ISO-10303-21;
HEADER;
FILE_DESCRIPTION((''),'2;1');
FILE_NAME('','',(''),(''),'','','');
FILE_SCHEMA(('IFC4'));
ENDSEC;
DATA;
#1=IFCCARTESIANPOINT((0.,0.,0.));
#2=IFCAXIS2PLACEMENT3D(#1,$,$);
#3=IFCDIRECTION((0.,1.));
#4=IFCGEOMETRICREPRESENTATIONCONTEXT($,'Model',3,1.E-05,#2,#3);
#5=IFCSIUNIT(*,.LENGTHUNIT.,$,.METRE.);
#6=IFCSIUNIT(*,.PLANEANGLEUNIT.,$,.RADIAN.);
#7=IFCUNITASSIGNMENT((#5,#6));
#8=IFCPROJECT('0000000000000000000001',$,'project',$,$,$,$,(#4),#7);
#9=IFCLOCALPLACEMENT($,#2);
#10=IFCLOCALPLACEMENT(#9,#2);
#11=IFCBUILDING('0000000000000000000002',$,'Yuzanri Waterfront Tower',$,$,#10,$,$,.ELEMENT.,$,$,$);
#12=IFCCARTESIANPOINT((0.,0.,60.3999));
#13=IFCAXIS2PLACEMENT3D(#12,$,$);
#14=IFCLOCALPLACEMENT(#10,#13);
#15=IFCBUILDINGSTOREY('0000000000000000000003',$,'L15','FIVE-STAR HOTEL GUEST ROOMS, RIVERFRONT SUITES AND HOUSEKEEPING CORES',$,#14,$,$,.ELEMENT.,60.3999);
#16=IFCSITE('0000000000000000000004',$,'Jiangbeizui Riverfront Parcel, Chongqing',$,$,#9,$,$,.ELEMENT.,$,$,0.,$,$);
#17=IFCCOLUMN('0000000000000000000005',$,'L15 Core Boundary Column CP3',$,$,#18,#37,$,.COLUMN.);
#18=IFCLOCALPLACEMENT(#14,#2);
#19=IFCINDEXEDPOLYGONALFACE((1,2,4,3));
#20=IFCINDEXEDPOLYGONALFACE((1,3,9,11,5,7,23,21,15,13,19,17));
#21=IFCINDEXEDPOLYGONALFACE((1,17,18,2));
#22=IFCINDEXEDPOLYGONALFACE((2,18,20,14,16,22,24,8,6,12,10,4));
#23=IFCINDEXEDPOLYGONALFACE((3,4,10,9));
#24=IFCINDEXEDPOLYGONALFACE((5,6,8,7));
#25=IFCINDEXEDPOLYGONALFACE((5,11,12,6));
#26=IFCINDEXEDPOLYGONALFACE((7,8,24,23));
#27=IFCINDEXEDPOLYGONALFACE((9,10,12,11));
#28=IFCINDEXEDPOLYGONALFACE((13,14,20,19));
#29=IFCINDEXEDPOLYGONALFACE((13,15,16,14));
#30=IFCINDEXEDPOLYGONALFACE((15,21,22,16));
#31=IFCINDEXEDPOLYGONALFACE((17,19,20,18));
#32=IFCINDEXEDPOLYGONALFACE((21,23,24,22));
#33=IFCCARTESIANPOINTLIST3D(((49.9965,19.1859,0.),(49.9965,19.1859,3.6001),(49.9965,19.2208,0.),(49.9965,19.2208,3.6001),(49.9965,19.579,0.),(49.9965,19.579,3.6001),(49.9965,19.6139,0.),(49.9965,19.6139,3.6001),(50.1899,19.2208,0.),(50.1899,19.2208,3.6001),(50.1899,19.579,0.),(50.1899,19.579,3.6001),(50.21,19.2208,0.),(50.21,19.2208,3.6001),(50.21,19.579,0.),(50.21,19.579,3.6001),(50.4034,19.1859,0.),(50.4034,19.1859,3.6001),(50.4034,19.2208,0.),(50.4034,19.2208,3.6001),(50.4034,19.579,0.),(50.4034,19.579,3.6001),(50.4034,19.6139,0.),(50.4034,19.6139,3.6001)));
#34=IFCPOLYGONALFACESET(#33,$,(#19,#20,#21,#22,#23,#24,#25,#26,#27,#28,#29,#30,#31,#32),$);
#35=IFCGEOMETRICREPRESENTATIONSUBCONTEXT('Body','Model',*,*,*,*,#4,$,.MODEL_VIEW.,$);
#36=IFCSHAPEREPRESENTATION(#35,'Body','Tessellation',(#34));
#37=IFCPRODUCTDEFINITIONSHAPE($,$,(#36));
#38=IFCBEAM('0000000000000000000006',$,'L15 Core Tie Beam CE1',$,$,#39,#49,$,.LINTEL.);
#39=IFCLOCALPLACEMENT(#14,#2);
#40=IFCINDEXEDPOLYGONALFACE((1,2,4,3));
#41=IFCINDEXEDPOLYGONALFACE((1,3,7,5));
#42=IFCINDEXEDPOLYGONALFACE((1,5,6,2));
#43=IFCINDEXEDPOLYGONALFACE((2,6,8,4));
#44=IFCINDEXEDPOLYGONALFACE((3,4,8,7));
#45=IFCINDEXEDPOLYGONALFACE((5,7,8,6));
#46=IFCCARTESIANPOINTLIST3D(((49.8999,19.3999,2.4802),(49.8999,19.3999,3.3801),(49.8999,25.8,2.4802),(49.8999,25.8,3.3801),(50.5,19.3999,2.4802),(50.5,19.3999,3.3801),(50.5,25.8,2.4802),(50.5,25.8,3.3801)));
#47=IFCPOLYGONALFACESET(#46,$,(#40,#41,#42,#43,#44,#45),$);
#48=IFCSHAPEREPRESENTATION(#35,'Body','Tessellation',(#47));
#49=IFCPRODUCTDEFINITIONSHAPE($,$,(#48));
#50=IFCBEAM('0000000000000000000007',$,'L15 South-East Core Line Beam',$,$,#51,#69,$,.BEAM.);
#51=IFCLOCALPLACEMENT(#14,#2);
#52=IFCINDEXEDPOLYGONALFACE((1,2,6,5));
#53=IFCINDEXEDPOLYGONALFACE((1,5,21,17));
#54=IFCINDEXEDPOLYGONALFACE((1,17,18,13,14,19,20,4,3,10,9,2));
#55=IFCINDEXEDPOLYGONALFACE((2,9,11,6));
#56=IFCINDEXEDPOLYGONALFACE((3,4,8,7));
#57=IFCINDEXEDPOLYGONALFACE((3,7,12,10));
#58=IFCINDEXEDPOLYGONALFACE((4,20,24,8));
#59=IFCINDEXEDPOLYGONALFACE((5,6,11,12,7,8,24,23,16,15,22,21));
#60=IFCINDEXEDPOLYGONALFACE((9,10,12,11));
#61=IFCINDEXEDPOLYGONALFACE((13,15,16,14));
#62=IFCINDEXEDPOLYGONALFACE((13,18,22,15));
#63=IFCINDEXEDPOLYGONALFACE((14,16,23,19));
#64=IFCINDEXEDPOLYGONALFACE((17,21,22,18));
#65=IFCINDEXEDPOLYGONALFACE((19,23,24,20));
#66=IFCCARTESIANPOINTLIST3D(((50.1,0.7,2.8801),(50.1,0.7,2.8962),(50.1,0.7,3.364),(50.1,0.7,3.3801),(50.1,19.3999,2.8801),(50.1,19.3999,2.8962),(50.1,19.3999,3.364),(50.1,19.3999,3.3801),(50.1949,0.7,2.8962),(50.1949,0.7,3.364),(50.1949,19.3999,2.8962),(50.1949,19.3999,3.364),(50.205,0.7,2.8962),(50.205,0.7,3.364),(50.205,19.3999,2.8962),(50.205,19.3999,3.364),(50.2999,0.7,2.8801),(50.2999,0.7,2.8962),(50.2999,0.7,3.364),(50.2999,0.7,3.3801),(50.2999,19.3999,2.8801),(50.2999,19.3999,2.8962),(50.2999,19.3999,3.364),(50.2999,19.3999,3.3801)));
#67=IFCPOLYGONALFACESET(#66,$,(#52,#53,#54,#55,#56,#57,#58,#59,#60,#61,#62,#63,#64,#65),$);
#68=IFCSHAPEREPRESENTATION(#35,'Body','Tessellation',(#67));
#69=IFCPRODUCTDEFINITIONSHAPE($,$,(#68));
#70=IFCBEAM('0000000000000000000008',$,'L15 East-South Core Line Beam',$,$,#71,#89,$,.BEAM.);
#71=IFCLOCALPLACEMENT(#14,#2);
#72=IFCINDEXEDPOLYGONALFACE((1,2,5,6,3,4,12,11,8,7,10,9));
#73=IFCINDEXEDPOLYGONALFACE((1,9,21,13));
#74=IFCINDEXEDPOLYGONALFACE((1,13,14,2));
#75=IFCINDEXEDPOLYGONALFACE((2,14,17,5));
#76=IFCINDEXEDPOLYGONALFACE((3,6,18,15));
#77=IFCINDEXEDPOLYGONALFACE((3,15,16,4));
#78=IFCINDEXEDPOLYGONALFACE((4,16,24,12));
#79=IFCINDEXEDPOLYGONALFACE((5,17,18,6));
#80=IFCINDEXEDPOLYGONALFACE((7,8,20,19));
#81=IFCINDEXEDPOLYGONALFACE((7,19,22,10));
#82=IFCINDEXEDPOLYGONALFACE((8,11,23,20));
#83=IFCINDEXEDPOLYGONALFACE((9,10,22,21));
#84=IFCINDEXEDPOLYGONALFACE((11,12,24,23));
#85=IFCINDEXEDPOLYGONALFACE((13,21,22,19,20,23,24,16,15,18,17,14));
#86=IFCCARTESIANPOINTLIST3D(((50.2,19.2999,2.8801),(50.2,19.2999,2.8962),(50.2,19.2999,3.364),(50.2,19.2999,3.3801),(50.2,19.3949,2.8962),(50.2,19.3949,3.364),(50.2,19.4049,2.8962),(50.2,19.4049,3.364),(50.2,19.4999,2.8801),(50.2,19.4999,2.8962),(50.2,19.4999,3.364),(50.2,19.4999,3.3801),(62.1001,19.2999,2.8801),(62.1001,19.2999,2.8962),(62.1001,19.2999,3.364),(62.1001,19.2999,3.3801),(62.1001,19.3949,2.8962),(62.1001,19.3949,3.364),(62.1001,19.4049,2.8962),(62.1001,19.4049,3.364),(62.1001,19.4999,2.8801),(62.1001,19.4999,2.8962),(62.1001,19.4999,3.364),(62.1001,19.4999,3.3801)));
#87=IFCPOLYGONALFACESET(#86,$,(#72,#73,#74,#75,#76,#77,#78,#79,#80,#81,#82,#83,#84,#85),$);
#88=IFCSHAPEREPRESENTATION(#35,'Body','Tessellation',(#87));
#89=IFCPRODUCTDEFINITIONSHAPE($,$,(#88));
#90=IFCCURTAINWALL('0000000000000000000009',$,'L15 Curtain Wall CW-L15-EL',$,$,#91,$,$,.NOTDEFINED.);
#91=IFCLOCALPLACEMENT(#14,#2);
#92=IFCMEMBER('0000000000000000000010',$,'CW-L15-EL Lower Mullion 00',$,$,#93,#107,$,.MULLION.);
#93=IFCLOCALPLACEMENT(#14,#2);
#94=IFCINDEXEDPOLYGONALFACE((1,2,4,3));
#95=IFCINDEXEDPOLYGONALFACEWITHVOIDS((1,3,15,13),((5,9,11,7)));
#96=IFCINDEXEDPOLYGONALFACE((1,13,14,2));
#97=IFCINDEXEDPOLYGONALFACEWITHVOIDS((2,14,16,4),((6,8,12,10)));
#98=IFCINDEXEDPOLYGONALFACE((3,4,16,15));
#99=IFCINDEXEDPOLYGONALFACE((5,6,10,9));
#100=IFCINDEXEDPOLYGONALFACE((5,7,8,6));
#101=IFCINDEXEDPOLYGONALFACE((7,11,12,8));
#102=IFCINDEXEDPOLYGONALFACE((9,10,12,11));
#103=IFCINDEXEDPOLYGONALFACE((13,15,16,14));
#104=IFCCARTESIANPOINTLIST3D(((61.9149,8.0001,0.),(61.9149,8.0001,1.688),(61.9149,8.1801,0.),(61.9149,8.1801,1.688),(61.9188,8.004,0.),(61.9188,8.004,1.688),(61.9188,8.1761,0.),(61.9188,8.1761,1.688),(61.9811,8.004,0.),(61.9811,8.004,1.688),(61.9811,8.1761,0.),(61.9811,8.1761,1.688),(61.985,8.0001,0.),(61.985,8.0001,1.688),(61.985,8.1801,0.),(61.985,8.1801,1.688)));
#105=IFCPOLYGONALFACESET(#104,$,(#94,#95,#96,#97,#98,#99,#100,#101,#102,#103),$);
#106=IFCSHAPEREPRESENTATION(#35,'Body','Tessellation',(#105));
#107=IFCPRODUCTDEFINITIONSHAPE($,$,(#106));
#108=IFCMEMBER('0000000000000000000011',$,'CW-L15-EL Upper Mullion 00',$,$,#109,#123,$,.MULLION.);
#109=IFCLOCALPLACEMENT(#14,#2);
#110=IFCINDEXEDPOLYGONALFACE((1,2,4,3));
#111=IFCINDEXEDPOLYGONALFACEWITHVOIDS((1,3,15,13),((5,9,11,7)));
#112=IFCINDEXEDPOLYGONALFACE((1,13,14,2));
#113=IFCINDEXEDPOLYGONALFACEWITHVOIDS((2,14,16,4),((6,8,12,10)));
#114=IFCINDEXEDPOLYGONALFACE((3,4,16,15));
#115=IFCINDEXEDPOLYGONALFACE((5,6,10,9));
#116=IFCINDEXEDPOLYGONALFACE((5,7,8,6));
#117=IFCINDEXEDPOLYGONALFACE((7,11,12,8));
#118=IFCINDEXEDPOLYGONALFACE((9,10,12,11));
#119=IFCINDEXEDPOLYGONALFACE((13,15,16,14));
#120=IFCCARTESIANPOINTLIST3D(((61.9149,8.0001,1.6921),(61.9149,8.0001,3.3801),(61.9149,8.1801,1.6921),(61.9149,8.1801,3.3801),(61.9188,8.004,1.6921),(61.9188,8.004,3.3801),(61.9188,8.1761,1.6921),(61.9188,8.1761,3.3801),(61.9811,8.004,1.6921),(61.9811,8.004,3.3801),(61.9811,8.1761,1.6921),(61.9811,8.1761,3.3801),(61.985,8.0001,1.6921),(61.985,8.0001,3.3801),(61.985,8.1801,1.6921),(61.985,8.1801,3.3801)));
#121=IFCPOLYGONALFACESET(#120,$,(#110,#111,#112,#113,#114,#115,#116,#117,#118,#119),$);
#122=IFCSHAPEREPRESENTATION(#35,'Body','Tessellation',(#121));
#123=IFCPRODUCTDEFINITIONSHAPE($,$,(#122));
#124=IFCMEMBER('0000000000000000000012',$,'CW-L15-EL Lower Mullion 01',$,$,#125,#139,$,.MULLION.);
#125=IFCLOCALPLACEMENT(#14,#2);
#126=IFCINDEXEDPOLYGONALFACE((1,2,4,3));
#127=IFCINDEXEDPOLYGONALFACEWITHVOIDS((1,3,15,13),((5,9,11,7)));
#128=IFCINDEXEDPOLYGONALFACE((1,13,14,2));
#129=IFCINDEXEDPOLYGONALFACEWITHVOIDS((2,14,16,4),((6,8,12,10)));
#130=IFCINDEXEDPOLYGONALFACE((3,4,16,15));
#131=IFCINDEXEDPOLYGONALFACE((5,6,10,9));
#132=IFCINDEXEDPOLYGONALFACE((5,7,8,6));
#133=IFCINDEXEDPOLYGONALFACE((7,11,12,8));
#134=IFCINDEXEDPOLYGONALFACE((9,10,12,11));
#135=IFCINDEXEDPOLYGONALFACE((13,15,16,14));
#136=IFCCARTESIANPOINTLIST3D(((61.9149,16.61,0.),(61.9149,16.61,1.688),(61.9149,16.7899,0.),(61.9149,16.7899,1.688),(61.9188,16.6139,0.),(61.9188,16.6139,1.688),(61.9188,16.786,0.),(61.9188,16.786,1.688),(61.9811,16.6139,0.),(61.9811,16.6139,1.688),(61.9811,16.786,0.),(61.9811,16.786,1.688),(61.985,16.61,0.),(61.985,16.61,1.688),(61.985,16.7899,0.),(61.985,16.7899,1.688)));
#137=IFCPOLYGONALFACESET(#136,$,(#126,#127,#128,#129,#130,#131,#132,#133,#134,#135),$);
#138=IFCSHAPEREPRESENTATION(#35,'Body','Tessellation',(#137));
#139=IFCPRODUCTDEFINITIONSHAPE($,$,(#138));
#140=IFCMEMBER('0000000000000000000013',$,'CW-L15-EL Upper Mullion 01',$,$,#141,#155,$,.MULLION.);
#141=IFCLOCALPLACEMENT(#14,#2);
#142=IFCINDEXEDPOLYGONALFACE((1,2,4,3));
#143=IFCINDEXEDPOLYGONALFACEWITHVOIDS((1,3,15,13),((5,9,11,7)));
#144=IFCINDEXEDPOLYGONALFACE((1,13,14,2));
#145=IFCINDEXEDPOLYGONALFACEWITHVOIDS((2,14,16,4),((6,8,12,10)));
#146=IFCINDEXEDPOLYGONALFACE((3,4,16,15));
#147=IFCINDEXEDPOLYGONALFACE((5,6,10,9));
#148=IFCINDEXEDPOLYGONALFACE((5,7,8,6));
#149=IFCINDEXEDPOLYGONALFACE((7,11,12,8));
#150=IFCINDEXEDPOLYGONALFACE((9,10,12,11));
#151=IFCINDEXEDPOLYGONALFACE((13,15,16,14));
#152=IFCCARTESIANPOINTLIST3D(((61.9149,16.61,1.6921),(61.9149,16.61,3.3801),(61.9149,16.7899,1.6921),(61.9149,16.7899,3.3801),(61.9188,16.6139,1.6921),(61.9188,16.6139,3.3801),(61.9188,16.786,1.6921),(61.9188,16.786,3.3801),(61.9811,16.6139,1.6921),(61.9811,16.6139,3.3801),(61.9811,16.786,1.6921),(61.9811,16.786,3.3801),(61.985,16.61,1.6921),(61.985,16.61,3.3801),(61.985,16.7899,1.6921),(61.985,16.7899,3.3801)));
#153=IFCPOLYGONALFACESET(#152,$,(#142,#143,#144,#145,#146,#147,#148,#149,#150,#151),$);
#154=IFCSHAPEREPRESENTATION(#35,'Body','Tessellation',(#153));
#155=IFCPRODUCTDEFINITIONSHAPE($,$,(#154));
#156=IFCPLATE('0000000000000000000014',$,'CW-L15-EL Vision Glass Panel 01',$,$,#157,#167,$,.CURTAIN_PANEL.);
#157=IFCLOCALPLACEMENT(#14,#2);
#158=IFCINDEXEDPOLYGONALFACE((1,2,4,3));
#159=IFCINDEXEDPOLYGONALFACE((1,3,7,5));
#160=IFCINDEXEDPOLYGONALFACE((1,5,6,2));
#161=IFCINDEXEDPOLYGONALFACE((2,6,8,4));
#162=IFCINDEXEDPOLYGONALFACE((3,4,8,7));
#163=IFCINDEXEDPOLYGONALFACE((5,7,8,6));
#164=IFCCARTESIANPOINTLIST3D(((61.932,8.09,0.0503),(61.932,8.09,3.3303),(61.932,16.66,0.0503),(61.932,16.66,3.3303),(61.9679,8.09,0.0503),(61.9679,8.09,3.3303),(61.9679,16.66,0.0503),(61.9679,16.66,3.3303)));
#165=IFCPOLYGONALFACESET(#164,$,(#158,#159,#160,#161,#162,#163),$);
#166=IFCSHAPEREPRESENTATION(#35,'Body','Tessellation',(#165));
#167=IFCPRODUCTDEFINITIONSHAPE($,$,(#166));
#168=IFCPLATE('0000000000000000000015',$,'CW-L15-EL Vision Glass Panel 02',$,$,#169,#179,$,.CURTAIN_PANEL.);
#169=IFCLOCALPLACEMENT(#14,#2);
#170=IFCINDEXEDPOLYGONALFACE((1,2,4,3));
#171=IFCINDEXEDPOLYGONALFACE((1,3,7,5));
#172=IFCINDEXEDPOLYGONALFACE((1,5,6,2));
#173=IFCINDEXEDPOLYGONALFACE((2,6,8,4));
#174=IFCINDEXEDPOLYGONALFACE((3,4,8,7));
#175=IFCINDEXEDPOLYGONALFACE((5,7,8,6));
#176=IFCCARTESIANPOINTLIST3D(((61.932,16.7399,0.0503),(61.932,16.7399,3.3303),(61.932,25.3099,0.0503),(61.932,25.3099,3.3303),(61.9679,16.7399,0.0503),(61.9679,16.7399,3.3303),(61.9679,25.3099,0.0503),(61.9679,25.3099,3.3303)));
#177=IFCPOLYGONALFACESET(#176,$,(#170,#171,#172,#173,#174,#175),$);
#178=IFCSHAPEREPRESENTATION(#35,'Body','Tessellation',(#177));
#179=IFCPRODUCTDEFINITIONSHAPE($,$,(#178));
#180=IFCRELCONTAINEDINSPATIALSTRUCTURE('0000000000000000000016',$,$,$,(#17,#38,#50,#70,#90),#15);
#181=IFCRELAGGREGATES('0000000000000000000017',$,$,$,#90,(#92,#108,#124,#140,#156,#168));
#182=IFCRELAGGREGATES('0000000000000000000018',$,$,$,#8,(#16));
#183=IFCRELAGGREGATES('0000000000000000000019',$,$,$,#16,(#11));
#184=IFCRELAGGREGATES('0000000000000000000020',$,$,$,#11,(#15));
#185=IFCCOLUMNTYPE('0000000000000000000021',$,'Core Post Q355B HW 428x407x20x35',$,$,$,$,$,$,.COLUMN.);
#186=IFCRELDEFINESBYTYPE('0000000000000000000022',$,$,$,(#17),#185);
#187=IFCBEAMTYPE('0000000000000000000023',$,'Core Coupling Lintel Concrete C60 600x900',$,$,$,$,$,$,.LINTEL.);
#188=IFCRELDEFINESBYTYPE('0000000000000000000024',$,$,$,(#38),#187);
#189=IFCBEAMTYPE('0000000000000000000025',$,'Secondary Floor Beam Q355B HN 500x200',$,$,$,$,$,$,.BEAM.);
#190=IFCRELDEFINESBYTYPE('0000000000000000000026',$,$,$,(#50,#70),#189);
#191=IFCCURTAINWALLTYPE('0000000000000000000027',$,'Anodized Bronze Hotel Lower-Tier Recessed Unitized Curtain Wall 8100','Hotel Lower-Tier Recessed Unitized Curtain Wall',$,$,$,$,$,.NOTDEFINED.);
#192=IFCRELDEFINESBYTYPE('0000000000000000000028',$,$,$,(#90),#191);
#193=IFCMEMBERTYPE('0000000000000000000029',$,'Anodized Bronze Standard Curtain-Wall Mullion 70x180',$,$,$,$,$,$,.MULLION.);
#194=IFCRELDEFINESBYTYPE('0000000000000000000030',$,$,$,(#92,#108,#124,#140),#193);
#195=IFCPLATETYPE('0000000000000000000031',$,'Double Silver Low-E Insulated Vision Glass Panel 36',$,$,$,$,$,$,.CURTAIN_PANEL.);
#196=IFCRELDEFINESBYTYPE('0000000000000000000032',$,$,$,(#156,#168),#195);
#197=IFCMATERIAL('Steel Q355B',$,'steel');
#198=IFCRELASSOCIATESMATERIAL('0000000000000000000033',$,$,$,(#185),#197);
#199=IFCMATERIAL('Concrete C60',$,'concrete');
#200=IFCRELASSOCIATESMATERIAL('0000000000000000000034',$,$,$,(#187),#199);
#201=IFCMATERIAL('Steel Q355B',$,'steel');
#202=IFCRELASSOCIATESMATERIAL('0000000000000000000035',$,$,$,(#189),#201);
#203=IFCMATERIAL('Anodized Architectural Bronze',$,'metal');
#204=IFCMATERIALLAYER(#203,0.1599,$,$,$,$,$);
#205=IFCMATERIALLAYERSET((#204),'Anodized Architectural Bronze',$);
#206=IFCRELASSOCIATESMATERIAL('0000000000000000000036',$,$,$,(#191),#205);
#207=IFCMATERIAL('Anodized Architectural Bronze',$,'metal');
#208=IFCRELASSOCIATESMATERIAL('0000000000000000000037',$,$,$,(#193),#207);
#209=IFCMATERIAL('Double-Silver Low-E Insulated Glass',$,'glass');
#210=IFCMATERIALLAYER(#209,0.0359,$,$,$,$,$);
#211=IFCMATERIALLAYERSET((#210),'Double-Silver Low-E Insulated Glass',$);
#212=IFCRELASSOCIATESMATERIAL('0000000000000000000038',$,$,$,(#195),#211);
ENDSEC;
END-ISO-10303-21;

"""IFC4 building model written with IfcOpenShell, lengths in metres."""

from ifc_helpers import new_model, si_unit, direction, frame, origin, origin_2d, place, context, subcontext, project, spatial, rectangle, hollow_rectangle, i_section, extrude, source, transform, mapped, material, layer, layer_set, material_profile, profile_set, type_object, element, aggregate, save


model = new_model("IFC4")

# Units and contexts
model_context = context("Model", 3, precision=1e-05, world=origin(), true_north=direction((0.0, 1.0)))
body_context = subcontext(model_context, "Body", "Model", "MODEL_VIEW")
ifc_project = project(units=[si_unit("LENGTHUNIT", "METRE"), si_unit("PLANEANGLEUNIT", "RADIAN")], contexts=[model_context])

# Site, building, storey
site_placement = place(None, origin())
site = spatial("IfcSite", under=ifc_project, at=site_placement, Name="Jiangbeizui Riverfront Parcel, Chongqing", CompositionType="ELEMENT", RefElevation=0.0)
building_placement = place(site_placement, origin())
building = spatial("IfcBuilding", under=site, at=building_placement, Name="Yuzanri Waterfront Tower", CompositionType="ELEMENT")
storey_placement = place(building_placement, frame((0.0, 0.0, 60.3999)))
storey = spatial("IfcBuildingStorey", under=building, at=storey_placement, Name="L15", Description="FIVE-STAR HOTEL GUEST ROOMS, RIVERFRONT SUITES AND HOUSEKEEPING CORES", CompositionType="ELEMENT", Elevation=60.3999)

# Column
ifc_material_1 = material(Name="Steel Q355B", Category="steel")
ifc_material_profile_1 = material_profile(ifc_material_1, i_section(OverallWidth=0.407, OverallDepth=0.428, WebThickness=0.02, FlangeThickness=0.0349, at=origin_2d()), Name="HW 428x407x20x35")
ifc_profile_set_1 = profile_set([ifc_material_profile_1], Name="Steel Q355B")
column_type = type_object("IfcColumnType", Name="Core Post Q355B HW 428x407x20x35", PredefinedType="COLUMN", material=ifc_profile_set_1)
shared_shape_1 = source(origin(), body_context, "Body", "SweptSolid", [
    extrude(i_section(OverallWidth=0.407, OverallDepth=0.428, WebThickness=0.02, FlangeThickness=0.0349, at=origin_2d()), origin(), (0.0, 0.0, 1.0), 3.6001),
])
column_placement = place(storey_placement, frame((50.2, 19.3999, 0.0), z_axis=(0.0, 0.0, 1.0), x_axis=(1.0, 0.0, 0.0)))
element("IfcColumn", 1, at=column_placement, inside=storey, type_object=column_type, Name="L15 Core Boundary Column CP3", PredefinedType="COLUMN", context=body_context, shape_type="MappedRepresentation", body=[
    mapped(shared_shape_1, transform((0.0, 0.0, 0.0), scale=1.0)),
])

# Beams
ifc_material_2 = material(Name="Concrete C60", Category="concrete")
ifc_material_profile_2 = material_profile(ifc_material_2, rectangle(XDim=0.6001, YDim=0.8999, at=origin_2d()), Name="RC 600x900")
ifc_profile_set_2 = profile_set([ifc_material_profile_2], Name="Concrete C60")
beam_type_1 = type_object("IfcBeamType", Name="Core Coupling Lintel Concrete C60 600x900", PredefinedType="LINTEL", material=ifc_profile_set_2)
shared_shape_2 = source(origin(), body_context, "Body", "SweptSolid", [
    extrude(rectangle(XDim=0.6001, YDim=0.8999, at=origin_2d()), origin(), (0.0, 0.0, 1.0), 6.4001),
])
beam_1_placement = place(storey_placement, frame((50.2, 19.3999, 2.9302), z_axis=(0.0, 1.0, 0.0), x_axis=(-1.0, 0.0, 0.0)))
element("IfcBeam", 2, at=beam_1_placement, inside=storey, type_object=beam_type_1, Name="L15 Core Tie Beam CE1", PredefinedType="LINTEL", context=body_context, shape_type="MappedRepresentation", body=[
    mapped(shared_shape_2, transform((0.0, 0.0, 0.0), scale=1.0)),
])
ifc_material_3 = material(Name="Steel Q355B", Category="steel")
ifc_material_profile_3 = material_profile(ifc_material_3, i_section(OverallWidth=0.2, OverallDepth=0.5, WebThickness=0.01, FlangeThickness=0.0161, at=origin_2d()), Name="HN 500x200x10x16")
ifc_profile_set_3 = profile_set([ifc_material_profile_3], Name="Steel Q355B")
beam_type_2 = type_object("IfcBeamType", Name="Secondary Floor Beam Q355B HN 500x200", PredefinedType="BEAM", material=ifc_profile_set_3)
shared_shape_3 = source(origin(), body_context, "Body", "SweptSolid", [
    extrude(i_section(OverallWidth=0.2, OverallDepth=0.5, WebThickness=0.01, FlangeThickness=0.0161, at=origin_2d()), origin(), (0.0, 0.0, 1.0), 18.7),
])
beam_2_placement = place(storey_placement, frame((50.2, 19.3999, 3.1301), z_axis=(0.0, -1.0, 0.0), x_axis=(1.0, 0.0, 0.0)))
element("IfcBeam", 3, at=beam_2_placement, inside=storey, type_object=beam_type_2, Name="L15 South-East Core Line Beam", PredefinedType="BEAM", context=body_context, shape_type="MappedRepresentation", body=[
    mapped(shared_shape_3, transform((0.0, 0.0, 0.0), scale=1.0)),
])
shared_shape_4 = source(origin(), body_context, "Body", "SweptSolid", [
    extrude(i_section(OverallWidth=0.2, OverallDepth=0.5, WebThickness=0.01, FlangeThickness=0.0161, at=origin_2d()), origin(), (0.0, 0.0, 1.0), 11.9001),
])
beam_3_placement = place(storey_placement, frame((50.2, 19.3999, 3.1301), z_axis=(1.0, 0.0, 0.0), x_axis=(0.0, 1.0, 0.0)))
element("IfcBeam", 4, at=beam_3_placement, inside=storey, type_object=beam_type_2, Name="L15 East-South Core Line Beam", PredefinedType="BEAM", context=body_context, shape_type="MappedRepresentation", body=[
    mapped(shared_shape_4, transform((0.0, 0.0, 0.0), scale=1.0)),
])

# Curtain wall, members, plates
ifc_material_4 = material(Name="Anodized Architectural Bronze", Category="metal")
ifc_layer_1 = layer(ifc_material_4, 0.1599)
ifc_layer_set_1 = layer_set([ifc_layer_1], Name="Anodized Architectural Bronze")
curtain_wall_type = type_object("IfcCurtainWallType", Name="Anodized Bronze Hotel Lower-Tier Recessed Unitized Curtain Wall 8100", Description="Hotel Lower-Tier Recessed Unitized Curtain Wall", PredefinedType="NOTDEFINED", material=ifc_layer_set_1)
curtain_wall_placement = place(storey_placement, origin())
curtain_wall = element("IfcCurtainWall", 5, at=curtain_wall_placement, inside=storey, type_object=curtain_wall_type, Name="L15 Curtain Wall CW-L15-EL", PredefinedType="NOTDEFINED")
ifc_material_5 = material(Name="Anodized Architectural Bronze", Category="metal")
ifc_material_profile_4 = material_profile(ifc_material_5, hollow_rectangle(XDim=0.0701, YDim=0.1799, WallThickness=0.0039, at=origin_2d()), Name="CWM 70x180")
ifc_profile_set_4 = profile_set([ifc_material_profile_4], Name="Anodized Architectural Bronze")
member_type = type_object("IfcMemberType", Name="Anodized Bronze Standard Curtain-Wall Mullion 70x180", PredefinedType="MULLION", material=ifc_profile_set_4)
shared_shape_5 = source(origin(), body_context, "Body", "SweptSolid", [
    extrude(hollow_rectangle(XDim=0.0701, YDim=0.1799, WallThickness=0.0039, at=origin_2d()), origin(), (0.0, 0.0, 1.0), 1.688),
])
member_1_placement = place(storey_placement, frame((61.95, 8.0901, 0.0), z_axis=(0.0, 0.0, 1.0), x_axis=(1.0, 0.0, 0.0)))
member_1 = element("IfcMember", 6, at=member_1_placement, type_object=member_type, Name="CW-L15-EL Lower Mullion 00", PredefinedType="MULLION", context=body_context, shape_type="MappedRepresentation", body=[
    mapped(shared_shape_5, transform((0.0, 0.0, 0.0), scale=1.0)),
])
member_2_placement = place(storey_placement, frame((61.95, 8.0901, 1.6921), z_axis=(0.0, 0.0, 1.0), x_axis=(1.0, 0.0, 0.0)))
member_2 = element("IfcMember", 7, at=member_2_placement, type_object=member_type, Name="CW-L15-EL Upper Mullion 00", PredefinedType="MULLION", context=body_context, shape_type="MappedRepresentation", body=[
    mapped(shared_shape_5, transform((0.0, 0.0, 0.0), scale=1.0)),
])
member_3_placement = place(storey_placement, frame((61.95, 16.7, 0.0), z_axis=(0.0, 0.0, 1.0), x_axis=(1.0, 0.0, 0.0)))
member_3 = element("IfcMember", 8, at=member_3_placement, type_object=member_type, Name="CW-L15-EL Lower Mullion 01", PredefinedType="MULLION", context=body_context, shape_type="MappedRepresentation", body=[
    mapped(shared_shape_5, transform((0.0, 0.0, 0.0), scale=1.0)),
])
member_4_placement = place(storey_placement, frame((61.95, 16.7, 1.6921), z_axis=(0.0, 0.0, 1.0), x_axis=(1.0, 0.0, 0.0)))
member_4 = element("IfcMember", 9, at=member_4_placement, type_object=member_type, Name="CW-L15-EL Upper Mullion 01", PredefinedType="MULLION", context=body_context, shape_type="MappedRepresentation", body=[
    mapped(shared_shape_5, transform((0.0, 0.0, 0.0), scale=1.0)),
])
ifc_material_6 = material(Name="Double-Silver Low-E Insulated Glass", Category="glass")
ifc_layer_2 = layer(ifc_material_6, 0.0359)
ifc_layer_set_2 = layer_set([ifc_layer_2], Name="Double-Silver Low-E Insulated Glass")
plate_type = type_object("IfcPlateType", Name="Double Silver Low-E Insulated Vision Glass Panel 36", PredefinedType="CURTAIN_PANEL", material=ifc_layer_set_2)
shared_shape_6 = source(origin(), body_context, "Body", "SweptSolid", [
    extrude(rectangle(XDim=8.5701, YDim=0.0359, at=origin_2d()), origin(), (0.0, 0.0, 1.0), 3.28),
])
plate_1_placement = place(storey_placement, frame((61.95, 12.375, 0.0503), z_axis=(0.0, 0.0, 1.0), x_axis=(0.0, 1.0, 0.0)))
plate_1 = element("IfcPlate", 10, at=plate_1_placement, type_object=plate_type, Name="CW-L15-EL Vision Glass Panel 01", PredefinedType="CURTAIN_PANEL", context=body_context, shape_type="MappedRepresentation", body=[
    mapped(shared_shape_6, transform((0.0, 0.0, 0.0), scale=1.0)),
])
plate_2_placement = place(storey_placement, frame((61.95, 21.0249, 0.0503), z_axis=(0.0, 0.0, 1.0), x_axis=(0.0, 1.0, 0.0)))
plate_2 = element("IfcPlate", 11, at=plate_2_placement, type_object=plate_type, Name="CW-L15-EL Vision Glass Panel 02", PredefinedType="CURTAIN_PANEL", context=body_context, shape_type="MappedRepresentation", body=[
    mapped(shared_shape_6, transform((0.0, 0.0, 0.0), scale=1.0)),
])
aggregate(curtain_wall, [member_1, member_2, member_3, member_4, plate_1, plate_2])

save(model, "model.ifc")
